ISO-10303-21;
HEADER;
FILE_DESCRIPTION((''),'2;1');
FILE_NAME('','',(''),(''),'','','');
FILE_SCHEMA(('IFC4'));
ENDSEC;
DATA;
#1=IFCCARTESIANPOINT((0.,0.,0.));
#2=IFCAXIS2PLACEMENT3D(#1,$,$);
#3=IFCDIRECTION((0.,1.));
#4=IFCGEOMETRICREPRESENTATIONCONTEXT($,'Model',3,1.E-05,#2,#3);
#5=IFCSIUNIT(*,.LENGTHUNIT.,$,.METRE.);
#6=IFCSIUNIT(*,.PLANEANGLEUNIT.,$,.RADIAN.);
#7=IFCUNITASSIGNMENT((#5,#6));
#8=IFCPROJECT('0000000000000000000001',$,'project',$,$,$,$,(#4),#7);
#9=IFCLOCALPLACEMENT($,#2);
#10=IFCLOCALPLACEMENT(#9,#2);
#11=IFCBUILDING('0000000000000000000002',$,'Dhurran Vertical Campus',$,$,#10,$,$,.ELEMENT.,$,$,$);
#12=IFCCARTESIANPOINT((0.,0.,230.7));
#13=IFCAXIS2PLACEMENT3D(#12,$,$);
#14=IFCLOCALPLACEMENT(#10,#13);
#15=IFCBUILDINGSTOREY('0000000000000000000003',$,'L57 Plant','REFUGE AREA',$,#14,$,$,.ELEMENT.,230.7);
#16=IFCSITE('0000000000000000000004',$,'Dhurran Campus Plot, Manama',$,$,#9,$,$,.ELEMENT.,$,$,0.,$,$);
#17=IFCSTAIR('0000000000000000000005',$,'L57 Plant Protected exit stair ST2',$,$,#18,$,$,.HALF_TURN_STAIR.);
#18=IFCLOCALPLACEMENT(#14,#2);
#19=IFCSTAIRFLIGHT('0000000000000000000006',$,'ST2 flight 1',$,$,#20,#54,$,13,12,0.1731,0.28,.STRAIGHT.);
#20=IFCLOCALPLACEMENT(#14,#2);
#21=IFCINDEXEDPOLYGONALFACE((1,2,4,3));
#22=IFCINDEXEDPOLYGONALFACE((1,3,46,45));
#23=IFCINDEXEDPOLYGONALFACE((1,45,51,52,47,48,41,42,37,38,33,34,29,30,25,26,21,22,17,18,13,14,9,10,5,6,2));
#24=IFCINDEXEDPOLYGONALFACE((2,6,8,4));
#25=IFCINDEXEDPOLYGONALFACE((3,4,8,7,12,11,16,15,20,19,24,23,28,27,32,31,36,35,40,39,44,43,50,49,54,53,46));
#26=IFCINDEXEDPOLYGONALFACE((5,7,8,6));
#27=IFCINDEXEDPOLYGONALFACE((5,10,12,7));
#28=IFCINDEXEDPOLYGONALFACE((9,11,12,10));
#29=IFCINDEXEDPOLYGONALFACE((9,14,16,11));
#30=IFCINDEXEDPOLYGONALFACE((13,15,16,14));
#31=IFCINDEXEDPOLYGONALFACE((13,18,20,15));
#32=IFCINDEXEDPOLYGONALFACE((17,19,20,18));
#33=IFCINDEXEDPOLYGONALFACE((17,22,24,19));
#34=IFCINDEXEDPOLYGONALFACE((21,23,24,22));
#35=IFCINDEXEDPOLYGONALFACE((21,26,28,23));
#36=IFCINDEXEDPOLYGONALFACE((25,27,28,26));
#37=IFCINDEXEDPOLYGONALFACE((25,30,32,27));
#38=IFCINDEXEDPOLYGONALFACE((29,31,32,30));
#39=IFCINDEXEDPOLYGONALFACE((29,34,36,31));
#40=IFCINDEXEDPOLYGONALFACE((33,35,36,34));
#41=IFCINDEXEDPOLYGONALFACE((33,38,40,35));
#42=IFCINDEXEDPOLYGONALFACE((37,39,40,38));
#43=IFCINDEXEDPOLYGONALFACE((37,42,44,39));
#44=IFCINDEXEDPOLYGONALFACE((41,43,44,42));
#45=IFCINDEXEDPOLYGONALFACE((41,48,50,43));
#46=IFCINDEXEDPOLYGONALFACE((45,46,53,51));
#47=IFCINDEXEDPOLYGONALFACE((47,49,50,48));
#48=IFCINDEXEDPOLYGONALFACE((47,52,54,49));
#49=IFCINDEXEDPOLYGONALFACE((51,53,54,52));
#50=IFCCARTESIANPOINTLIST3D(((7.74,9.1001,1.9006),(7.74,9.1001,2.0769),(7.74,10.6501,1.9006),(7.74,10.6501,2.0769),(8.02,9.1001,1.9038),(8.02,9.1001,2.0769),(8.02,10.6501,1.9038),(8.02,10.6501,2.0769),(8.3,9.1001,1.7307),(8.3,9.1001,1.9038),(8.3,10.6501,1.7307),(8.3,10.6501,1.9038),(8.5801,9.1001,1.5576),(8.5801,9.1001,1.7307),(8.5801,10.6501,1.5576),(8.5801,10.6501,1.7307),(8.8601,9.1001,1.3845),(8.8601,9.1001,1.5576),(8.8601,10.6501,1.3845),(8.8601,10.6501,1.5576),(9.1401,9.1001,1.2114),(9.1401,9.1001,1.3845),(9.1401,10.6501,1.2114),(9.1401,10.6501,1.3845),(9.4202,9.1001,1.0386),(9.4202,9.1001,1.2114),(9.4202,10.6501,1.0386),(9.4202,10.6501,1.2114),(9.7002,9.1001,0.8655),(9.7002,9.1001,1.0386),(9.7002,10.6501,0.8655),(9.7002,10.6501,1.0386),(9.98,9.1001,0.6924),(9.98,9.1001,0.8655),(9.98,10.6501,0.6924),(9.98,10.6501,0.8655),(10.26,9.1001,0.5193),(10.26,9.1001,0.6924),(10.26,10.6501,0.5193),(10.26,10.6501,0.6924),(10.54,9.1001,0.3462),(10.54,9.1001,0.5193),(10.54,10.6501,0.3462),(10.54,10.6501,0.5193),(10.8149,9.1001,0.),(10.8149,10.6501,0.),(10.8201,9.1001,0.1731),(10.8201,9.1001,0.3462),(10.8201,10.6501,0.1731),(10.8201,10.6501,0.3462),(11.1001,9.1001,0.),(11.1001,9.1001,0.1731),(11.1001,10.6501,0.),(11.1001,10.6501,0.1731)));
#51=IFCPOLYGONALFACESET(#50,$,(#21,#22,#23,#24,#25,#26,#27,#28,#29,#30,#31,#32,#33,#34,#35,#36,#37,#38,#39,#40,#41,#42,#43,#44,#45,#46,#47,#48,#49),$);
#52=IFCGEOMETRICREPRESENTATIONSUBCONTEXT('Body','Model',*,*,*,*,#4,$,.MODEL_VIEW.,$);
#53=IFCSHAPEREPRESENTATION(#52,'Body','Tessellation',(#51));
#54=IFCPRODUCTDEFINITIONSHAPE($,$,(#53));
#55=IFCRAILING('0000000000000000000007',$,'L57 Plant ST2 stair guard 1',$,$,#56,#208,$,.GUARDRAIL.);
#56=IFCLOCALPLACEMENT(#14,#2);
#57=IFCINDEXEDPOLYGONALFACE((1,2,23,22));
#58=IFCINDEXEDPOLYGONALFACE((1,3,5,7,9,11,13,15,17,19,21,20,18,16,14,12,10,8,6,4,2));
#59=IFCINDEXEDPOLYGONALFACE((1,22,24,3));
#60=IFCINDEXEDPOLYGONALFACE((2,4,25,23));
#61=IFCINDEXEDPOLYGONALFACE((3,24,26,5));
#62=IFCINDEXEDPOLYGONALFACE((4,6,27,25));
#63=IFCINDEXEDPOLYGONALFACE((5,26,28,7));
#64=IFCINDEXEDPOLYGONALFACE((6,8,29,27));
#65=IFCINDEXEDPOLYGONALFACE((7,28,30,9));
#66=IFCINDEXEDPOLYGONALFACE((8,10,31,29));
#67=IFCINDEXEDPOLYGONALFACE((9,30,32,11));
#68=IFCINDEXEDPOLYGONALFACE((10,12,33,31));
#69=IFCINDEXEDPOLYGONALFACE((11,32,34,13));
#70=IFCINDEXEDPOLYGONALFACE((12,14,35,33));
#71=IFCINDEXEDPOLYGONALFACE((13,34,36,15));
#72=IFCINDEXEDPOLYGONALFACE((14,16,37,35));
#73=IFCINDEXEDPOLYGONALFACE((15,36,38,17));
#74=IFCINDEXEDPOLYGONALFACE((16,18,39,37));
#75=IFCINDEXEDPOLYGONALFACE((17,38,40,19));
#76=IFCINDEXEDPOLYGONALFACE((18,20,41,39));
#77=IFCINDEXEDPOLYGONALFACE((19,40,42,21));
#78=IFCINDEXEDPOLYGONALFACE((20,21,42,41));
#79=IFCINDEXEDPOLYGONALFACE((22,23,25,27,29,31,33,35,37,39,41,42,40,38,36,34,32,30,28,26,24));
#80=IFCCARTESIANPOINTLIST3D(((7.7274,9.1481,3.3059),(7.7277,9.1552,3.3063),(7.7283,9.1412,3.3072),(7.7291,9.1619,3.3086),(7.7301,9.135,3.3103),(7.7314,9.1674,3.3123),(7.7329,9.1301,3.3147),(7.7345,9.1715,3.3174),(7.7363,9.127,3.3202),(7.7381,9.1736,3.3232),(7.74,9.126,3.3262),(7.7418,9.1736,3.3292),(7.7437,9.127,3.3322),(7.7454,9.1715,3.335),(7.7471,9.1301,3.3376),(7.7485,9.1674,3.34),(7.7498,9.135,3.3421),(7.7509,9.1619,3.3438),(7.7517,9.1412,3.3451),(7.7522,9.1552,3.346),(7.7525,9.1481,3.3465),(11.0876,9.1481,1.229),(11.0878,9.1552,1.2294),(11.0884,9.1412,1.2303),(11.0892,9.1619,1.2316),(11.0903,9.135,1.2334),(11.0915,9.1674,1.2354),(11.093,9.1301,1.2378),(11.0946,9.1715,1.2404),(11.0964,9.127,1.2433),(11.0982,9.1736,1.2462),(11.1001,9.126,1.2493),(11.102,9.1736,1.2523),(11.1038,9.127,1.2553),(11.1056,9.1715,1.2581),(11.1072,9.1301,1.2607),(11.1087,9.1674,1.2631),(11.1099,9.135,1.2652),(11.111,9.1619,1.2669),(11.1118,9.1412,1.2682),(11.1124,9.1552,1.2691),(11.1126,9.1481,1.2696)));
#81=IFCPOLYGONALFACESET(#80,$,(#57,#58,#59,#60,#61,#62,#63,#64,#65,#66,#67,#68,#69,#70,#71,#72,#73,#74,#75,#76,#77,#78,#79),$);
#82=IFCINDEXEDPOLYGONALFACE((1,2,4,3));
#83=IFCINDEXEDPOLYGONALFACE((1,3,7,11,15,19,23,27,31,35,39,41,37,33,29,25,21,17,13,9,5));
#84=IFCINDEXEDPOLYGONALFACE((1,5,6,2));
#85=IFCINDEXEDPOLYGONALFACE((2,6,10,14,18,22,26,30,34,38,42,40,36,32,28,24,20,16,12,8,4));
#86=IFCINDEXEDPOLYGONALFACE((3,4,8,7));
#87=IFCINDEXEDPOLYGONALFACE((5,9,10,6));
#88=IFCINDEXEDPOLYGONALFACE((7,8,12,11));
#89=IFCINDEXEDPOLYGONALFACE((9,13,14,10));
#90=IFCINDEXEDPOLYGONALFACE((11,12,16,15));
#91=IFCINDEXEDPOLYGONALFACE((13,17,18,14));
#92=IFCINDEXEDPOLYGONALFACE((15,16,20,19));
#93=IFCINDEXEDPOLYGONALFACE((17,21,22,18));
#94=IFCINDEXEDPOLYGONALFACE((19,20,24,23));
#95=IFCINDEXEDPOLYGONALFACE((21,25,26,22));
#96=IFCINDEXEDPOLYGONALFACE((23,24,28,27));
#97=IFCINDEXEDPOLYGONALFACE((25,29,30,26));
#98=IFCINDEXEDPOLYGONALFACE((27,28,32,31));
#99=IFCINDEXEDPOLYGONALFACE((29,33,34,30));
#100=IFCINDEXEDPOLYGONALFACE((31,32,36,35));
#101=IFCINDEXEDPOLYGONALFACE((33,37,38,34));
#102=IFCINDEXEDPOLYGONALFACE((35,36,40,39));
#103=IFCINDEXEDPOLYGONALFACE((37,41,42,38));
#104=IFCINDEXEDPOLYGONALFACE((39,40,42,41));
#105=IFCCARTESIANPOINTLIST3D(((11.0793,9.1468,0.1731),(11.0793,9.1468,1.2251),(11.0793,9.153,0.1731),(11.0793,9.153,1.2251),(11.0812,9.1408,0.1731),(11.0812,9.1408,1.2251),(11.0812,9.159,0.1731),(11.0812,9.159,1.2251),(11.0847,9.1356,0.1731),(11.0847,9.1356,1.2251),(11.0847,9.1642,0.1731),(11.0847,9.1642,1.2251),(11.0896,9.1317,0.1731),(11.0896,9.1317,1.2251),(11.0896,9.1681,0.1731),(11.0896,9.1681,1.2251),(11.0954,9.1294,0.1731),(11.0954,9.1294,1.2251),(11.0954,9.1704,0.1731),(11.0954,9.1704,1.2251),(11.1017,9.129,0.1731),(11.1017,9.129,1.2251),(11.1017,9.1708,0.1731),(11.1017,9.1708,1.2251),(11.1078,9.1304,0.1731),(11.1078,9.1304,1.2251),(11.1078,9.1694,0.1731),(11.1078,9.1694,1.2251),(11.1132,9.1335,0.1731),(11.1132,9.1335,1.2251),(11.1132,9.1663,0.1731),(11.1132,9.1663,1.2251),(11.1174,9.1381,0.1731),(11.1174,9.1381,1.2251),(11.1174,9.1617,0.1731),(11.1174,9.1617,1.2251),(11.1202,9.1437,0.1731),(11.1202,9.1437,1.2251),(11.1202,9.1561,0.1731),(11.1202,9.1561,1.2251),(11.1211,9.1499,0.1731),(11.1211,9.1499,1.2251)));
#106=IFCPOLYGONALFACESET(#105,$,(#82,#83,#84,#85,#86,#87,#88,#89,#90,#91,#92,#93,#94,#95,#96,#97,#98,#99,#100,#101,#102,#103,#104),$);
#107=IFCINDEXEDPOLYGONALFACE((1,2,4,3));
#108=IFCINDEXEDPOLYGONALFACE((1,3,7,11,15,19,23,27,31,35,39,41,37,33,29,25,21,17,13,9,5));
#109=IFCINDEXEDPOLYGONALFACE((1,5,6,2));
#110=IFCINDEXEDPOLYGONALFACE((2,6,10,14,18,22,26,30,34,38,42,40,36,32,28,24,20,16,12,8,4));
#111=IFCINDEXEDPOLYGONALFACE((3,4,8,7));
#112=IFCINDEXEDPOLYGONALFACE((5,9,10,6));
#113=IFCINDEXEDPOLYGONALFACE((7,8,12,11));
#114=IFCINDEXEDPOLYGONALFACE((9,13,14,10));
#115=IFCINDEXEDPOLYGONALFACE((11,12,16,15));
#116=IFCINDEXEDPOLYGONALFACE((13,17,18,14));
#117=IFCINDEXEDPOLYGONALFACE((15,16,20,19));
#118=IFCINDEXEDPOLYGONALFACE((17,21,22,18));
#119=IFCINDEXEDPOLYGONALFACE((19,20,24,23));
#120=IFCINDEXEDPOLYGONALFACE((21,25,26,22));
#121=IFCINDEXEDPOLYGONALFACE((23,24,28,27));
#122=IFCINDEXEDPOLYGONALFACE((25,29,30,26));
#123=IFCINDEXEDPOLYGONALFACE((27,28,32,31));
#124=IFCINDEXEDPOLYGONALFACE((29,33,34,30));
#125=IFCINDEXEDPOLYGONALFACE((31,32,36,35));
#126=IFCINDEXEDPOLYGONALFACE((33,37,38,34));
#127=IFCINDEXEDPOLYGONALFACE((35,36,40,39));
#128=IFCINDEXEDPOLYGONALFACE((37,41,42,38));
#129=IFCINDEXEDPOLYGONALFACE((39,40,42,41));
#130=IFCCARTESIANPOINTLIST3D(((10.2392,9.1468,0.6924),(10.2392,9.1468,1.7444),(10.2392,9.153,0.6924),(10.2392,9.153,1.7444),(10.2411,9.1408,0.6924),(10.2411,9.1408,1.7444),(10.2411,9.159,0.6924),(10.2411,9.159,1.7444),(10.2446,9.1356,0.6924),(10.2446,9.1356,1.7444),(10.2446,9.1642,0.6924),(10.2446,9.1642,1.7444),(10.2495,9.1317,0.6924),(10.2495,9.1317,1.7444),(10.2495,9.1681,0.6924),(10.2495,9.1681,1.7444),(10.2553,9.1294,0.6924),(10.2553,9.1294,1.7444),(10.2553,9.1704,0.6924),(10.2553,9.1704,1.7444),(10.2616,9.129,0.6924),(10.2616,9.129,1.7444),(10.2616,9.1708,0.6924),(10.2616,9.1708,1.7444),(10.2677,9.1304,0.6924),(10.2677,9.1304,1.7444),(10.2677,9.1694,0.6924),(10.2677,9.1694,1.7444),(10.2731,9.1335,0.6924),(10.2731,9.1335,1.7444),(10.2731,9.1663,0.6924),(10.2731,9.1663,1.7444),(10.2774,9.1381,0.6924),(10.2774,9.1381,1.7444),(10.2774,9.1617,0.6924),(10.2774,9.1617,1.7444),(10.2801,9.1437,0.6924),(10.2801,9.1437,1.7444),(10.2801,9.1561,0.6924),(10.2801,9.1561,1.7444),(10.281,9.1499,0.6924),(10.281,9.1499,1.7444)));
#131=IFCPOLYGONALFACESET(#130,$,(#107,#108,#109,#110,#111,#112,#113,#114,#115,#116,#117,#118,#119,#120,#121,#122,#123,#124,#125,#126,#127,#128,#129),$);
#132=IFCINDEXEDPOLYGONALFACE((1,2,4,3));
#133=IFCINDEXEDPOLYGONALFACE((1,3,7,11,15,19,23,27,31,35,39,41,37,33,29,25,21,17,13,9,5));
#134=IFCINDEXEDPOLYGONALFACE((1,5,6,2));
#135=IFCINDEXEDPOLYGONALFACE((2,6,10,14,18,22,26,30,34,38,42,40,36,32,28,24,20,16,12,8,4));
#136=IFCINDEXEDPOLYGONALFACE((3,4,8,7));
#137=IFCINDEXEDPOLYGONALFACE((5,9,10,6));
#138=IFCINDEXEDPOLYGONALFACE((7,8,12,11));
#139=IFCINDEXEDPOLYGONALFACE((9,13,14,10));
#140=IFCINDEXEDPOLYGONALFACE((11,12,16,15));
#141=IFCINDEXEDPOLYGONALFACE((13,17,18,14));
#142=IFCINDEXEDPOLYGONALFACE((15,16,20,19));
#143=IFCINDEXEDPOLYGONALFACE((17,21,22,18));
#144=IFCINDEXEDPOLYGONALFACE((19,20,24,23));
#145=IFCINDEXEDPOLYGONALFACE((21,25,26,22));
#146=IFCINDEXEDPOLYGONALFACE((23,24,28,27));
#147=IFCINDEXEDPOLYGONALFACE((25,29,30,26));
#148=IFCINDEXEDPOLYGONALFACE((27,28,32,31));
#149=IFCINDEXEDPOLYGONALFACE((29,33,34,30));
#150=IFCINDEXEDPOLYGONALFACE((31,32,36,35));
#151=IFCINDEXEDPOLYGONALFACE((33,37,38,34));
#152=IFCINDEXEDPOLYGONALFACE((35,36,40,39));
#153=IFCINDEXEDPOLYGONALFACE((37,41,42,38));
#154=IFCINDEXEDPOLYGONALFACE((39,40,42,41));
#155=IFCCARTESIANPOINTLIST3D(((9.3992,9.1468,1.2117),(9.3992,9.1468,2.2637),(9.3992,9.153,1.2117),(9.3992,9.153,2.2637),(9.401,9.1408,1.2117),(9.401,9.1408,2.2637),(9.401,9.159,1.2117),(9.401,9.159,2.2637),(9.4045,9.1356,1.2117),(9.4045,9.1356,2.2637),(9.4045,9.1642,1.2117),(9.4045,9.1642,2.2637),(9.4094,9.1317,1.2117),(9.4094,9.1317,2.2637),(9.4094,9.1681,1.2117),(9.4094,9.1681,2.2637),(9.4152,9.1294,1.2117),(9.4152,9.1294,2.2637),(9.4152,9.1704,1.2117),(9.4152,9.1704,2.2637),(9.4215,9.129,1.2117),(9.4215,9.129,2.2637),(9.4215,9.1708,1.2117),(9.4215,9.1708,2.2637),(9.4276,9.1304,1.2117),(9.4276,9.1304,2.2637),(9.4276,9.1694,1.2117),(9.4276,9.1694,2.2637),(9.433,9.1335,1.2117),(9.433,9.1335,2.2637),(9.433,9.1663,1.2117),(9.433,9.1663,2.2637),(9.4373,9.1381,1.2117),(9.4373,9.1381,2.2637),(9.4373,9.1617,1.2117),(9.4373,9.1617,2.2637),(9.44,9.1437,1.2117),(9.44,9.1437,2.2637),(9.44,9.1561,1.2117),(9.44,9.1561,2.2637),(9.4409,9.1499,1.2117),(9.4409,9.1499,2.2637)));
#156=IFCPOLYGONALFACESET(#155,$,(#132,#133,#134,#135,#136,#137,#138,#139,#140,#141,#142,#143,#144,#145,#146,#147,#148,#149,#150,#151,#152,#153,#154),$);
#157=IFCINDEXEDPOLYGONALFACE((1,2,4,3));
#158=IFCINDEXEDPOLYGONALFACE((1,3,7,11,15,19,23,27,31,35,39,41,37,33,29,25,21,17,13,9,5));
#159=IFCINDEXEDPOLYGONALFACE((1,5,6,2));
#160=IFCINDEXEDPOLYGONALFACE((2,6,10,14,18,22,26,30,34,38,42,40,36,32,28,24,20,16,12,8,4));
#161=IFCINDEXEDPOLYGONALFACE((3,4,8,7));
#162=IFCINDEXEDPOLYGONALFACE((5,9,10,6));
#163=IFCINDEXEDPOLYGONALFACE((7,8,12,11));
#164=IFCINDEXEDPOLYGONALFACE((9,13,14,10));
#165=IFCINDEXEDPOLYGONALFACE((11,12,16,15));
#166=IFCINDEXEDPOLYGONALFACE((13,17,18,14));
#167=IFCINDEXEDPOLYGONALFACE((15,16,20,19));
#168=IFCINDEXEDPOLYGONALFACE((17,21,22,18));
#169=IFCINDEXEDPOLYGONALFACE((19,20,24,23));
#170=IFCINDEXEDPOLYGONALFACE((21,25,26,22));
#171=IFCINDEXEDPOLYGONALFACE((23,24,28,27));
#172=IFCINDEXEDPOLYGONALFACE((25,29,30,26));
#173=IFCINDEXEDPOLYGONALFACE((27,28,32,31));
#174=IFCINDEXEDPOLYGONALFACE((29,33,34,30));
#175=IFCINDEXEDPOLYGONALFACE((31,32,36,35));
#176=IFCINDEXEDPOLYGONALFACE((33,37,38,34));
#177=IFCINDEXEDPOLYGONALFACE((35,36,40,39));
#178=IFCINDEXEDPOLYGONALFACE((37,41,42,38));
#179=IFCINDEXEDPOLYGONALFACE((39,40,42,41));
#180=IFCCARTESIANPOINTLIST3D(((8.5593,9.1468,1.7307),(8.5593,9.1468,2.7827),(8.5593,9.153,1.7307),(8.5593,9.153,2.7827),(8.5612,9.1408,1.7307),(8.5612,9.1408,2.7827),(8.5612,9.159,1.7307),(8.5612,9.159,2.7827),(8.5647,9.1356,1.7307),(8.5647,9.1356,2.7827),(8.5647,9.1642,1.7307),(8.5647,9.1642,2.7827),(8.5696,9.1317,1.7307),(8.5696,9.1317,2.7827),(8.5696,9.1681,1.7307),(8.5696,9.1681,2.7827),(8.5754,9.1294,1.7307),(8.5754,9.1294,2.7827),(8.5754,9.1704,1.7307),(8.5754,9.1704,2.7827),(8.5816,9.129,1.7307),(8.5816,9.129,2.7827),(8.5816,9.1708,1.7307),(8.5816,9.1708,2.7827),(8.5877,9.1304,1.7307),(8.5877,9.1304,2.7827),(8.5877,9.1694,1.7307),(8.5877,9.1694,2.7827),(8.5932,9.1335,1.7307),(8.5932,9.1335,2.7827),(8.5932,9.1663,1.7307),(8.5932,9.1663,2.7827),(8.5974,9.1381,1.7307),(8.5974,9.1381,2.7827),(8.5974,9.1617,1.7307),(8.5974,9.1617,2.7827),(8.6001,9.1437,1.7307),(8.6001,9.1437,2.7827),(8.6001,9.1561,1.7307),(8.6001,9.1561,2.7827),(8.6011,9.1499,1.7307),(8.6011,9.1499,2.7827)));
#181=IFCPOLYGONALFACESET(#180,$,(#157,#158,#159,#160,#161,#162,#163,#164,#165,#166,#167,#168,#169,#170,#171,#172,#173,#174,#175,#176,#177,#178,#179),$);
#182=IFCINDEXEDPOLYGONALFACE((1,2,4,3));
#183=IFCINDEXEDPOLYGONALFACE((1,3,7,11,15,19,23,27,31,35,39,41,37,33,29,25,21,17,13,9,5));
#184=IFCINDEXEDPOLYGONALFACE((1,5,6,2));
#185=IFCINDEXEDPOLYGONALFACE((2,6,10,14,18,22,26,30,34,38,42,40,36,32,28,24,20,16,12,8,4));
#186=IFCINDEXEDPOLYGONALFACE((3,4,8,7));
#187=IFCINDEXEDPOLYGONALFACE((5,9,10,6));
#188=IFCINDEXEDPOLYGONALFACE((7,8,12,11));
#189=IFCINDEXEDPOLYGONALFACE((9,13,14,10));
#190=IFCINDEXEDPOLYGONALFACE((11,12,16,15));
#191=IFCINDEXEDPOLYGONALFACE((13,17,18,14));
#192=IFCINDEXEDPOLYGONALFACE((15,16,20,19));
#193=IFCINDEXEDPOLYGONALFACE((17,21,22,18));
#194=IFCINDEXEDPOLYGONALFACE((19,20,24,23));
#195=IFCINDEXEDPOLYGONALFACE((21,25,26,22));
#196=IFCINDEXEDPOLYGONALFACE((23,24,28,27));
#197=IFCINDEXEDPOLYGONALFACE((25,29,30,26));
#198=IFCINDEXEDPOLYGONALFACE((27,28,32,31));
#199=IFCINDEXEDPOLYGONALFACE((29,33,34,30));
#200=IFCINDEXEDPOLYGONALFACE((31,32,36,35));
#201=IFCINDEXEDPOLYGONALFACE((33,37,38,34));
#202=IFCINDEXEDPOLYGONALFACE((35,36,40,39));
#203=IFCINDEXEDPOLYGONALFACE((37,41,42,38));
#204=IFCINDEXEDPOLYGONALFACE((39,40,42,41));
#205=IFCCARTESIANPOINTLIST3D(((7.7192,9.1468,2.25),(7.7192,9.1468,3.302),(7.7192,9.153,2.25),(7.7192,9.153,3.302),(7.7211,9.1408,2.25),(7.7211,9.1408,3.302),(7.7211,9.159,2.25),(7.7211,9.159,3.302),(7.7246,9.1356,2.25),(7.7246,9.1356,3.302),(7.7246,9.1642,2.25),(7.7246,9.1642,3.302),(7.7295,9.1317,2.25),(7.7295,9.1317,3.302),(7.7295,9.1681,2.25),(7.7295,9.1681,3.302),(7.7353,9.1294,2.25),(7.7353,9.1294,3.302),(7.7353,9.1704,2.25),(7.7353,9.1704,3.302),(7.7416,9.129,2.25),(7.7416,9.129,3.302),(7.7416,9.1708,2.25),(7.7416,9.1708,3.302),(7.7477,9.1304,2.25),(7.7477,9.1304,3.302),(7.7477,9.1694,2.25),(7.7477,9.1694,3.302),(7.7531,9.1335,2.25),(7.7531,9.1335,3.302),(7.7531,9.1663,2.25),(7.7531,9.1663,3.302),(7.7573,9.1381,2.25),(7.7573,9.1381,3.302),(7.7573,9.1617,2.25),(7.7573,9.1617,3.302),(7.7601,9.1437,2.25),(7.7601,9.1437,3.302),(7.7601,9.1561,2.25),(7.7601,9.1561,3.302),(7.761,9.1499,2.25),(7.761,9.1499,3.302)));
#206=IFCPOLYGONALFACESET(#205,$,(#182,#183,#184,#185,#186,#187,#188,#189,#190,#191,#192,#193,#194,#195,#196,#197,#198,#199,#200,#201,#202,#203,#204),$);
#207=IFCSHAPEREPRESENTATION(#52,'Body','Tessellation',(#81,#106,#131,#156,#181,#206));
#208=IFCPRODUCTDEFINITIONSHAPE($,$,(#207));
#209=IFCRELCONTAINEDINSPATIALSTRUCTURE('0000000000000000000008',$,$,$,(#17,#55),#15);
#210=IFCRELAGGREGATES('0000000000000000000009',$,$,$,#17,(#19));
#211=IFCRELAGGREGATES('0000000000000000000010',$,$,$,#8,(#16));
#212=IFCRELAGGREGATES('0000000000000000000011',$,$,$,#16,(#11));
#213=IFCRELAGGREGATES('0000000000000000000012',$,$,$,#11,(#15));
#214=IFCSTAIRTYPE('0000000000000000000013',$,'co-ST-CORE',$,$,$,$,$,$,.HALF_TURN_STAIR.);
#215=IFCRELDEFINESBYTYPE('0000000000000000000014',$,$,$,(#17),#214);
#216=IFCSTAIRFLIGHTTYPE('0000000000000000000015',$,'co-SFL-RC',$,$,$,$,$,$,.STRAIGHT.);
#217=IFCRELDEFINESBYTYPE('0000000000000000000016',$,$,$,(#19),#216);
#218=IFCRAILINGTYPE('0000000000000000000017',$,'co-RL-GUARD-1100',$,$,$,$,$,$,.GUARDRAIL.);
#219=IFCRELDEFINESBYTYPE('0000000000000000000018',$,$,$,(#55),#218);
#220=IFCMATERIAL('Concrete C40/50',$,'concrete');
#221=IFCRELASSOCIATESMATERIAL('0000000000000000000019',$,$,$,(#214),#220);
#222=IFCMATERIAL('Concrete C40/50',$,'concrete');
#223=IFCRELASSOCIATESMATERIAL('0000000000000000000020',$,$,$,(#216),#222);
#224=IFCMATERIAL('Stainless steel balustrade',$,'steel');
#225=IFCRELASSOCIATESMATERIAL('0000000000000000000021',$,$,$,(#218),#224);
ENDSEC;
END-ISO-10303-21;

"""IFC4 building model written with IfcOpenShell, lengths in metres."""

from ifc_helpers import new_model, si_unit, direction, frame, origin, origin_2d, place, context, subcontext, project, spatial, polyline, circle, outline, extrude, material, type_object, element, aggregate, save


model = new_model("IFC4")

# Units and contexts
model_context = context("Model", 3, precision=1e-05, world=origin(), true_north=direction((0.0, 1.0)))
body_context = subcontext(model_context, "Body", "Model", "MODEL_VIEW")
ifc_project = project(units=[si_unit("LENGTHUNIT", "METRE"), si_unit("PLANEANGLEUNIT", "RADIAN")], contexts=[model_context])

# Site, building, storey
site_placement = place(None, origin())
site = spatial("IfcSite", under=ifc_project, at=site_placement, Name="Dhurran Campus Plot, Manama", CompositionType="ELEMENT", RefElevation=0.0)
building_placement = place(site_placement, origin())
building = spatial("IfcBuilding", under=site, at=building_placement, Name="Dhurran Vertical Campus", CompositionType="ELEMENT")
storey_placement = place(building_placement, frame((0.0, 0.0, 230.7)))
storey = spatial("IfcBuildingStorey", under=building, at=storey_placement, Name="L57 Plant", Description="REFUGE AREA", CompositionType="ELEMENT", Elevation=230.7)

# Stair, stair flight
ifc_material_1 = material(Name="Concrete C40/50", Category="concrete")
stair_type = type_object("IfcStairType", Name="co-ST-CORE", PredefinedType="HALF_TURN_STAIR", material=ifc_material_1)
stair_placement = place(storey_placement, origin())
stair = element("IfcStair", 1, at=stair_placement, inside=storey, type_object=stair_type, Name="L57 Plant Protected exit stair ST2", PredefinedType="HALF_TURN_STAIR")
ifc_material_2 = material(Name="Concrete C40/50", Category="concrete")
stair_flight_type = type_object("IfcStairFlightType", Name="co-SFL-RC", PredefinedType="STRAIGHT", material=ifc_material_2)
stair_flight_placement = place(storey_placement, frame((11.1001, 9.875, 0.0), z_axis=(0.0, 0.0, 1.0), x_axis=(-1.0, 0.0, 0.0)))
stair_flight = element("IfcStairFlight", 2, at=stair_flight_placement, type_object=stair_flight_type, Name="ST2 flight 1", NumberOfRisers=13, NumberOfTreads=12, PredefinedType="STRAIGHT", RiserHeight=0.1731, TreadLength=0.28, context=body_context, shape_type="SweptSolid", body=[
    extrude(outline(polyline([(0.0, 0.0), (0.0, 0.1731), (0.28, 0.1731), (0.28, 0.3462), (0.5601, 0.3462), (0.5601, 0.5193), (0.8401, 0.5193), (0.8401, 0.6924), (1.1201, 0.6924), (1.1201, 0.8655), (1.3999, 0.8655), (1.3999, 1.0386), (1.6799, 1.0386), (1.6799, 1.2114), (1.96, 1.2114), (1.96, 1.3845), (2.24, 1.3845), (2.24, 1.5576), (2.52, 1.5576), (2.52, 1.7307), (2.8, 1.7307), (2.8, 1.9038), (3.0801, 1.9038), (3.0801, 2.0769), (3.3601, 2.0769), (3.3601, 2.25), (3.3601, 1.9006), (0.2852, 0.0), (0.0, 0.0)])), frame((0.0, 0.7749, 0.0), z_axis=(0.0, -1.0, 0.0), x_axis=(1.0, 0.0, 0.0)), (0.0, 0.0, 1.0), 1.55),
])
aggregate(stair, [stair_flight])

# Railing
ifc_material_3 = material(Name="Stainless steel balustrade", Category="steel")
railing_type_1 = type_object("IfcRailingType", Name="co-RL-GUARD-1100", PredefinedType="GUARDRAIL", material=ifc_material_3)
railing_1_placement = place(storey_placement, frame((11.1001, 9.1499, 0.1731)))
element("IfcRailing", 3, at=railing_1_placement, inside=storey, type_object=railing_type_1, Name="L57 Plant ST2 stair guard 1", PredefinedType="GUARDRAIL", context=body_context, shape_type="SweptSolid", body=[
    extrude(circle(Radius=0.0239, at=origin_2d()), frame((0.0, 0.0, 1.0762), z_axis=(-0.850623, 0.0, 0.525776), x_axis=(0.0, -1.0, 0.0)), (0.0, 0.0, 1.0), 3.9502),
    extrude(circle(Radius=0.021, at=origin_2d()), origin(), (0.0, 0.0, 1.0), 1.052),
    extrude(circle(Radius=0.021, at=origin_2d()), frame((-0.8401, 0.0, 0.5193)), (0.0, 0.0, 1.0), 1.052),
    extrude(circle(Radius=0.021, at=origin_2d()), frame((-1.6802, 0.0, 1.0386)), (0.0, 0.0, 1.0), 1.052),
    extrude(circle(Radius=0.021, at=origin_2d()), frame((-2.52, 0.0, 1.5576)), (0.0, 0.0, 1.0), 1.052),
    extrude(circle(Radius=0.021, at=origin_2d()), frame((-3.3601, 0.0, 2.0769)), (0.0, 0.0, 1.0), 1.052),
])

save(model, "model.ifc")
